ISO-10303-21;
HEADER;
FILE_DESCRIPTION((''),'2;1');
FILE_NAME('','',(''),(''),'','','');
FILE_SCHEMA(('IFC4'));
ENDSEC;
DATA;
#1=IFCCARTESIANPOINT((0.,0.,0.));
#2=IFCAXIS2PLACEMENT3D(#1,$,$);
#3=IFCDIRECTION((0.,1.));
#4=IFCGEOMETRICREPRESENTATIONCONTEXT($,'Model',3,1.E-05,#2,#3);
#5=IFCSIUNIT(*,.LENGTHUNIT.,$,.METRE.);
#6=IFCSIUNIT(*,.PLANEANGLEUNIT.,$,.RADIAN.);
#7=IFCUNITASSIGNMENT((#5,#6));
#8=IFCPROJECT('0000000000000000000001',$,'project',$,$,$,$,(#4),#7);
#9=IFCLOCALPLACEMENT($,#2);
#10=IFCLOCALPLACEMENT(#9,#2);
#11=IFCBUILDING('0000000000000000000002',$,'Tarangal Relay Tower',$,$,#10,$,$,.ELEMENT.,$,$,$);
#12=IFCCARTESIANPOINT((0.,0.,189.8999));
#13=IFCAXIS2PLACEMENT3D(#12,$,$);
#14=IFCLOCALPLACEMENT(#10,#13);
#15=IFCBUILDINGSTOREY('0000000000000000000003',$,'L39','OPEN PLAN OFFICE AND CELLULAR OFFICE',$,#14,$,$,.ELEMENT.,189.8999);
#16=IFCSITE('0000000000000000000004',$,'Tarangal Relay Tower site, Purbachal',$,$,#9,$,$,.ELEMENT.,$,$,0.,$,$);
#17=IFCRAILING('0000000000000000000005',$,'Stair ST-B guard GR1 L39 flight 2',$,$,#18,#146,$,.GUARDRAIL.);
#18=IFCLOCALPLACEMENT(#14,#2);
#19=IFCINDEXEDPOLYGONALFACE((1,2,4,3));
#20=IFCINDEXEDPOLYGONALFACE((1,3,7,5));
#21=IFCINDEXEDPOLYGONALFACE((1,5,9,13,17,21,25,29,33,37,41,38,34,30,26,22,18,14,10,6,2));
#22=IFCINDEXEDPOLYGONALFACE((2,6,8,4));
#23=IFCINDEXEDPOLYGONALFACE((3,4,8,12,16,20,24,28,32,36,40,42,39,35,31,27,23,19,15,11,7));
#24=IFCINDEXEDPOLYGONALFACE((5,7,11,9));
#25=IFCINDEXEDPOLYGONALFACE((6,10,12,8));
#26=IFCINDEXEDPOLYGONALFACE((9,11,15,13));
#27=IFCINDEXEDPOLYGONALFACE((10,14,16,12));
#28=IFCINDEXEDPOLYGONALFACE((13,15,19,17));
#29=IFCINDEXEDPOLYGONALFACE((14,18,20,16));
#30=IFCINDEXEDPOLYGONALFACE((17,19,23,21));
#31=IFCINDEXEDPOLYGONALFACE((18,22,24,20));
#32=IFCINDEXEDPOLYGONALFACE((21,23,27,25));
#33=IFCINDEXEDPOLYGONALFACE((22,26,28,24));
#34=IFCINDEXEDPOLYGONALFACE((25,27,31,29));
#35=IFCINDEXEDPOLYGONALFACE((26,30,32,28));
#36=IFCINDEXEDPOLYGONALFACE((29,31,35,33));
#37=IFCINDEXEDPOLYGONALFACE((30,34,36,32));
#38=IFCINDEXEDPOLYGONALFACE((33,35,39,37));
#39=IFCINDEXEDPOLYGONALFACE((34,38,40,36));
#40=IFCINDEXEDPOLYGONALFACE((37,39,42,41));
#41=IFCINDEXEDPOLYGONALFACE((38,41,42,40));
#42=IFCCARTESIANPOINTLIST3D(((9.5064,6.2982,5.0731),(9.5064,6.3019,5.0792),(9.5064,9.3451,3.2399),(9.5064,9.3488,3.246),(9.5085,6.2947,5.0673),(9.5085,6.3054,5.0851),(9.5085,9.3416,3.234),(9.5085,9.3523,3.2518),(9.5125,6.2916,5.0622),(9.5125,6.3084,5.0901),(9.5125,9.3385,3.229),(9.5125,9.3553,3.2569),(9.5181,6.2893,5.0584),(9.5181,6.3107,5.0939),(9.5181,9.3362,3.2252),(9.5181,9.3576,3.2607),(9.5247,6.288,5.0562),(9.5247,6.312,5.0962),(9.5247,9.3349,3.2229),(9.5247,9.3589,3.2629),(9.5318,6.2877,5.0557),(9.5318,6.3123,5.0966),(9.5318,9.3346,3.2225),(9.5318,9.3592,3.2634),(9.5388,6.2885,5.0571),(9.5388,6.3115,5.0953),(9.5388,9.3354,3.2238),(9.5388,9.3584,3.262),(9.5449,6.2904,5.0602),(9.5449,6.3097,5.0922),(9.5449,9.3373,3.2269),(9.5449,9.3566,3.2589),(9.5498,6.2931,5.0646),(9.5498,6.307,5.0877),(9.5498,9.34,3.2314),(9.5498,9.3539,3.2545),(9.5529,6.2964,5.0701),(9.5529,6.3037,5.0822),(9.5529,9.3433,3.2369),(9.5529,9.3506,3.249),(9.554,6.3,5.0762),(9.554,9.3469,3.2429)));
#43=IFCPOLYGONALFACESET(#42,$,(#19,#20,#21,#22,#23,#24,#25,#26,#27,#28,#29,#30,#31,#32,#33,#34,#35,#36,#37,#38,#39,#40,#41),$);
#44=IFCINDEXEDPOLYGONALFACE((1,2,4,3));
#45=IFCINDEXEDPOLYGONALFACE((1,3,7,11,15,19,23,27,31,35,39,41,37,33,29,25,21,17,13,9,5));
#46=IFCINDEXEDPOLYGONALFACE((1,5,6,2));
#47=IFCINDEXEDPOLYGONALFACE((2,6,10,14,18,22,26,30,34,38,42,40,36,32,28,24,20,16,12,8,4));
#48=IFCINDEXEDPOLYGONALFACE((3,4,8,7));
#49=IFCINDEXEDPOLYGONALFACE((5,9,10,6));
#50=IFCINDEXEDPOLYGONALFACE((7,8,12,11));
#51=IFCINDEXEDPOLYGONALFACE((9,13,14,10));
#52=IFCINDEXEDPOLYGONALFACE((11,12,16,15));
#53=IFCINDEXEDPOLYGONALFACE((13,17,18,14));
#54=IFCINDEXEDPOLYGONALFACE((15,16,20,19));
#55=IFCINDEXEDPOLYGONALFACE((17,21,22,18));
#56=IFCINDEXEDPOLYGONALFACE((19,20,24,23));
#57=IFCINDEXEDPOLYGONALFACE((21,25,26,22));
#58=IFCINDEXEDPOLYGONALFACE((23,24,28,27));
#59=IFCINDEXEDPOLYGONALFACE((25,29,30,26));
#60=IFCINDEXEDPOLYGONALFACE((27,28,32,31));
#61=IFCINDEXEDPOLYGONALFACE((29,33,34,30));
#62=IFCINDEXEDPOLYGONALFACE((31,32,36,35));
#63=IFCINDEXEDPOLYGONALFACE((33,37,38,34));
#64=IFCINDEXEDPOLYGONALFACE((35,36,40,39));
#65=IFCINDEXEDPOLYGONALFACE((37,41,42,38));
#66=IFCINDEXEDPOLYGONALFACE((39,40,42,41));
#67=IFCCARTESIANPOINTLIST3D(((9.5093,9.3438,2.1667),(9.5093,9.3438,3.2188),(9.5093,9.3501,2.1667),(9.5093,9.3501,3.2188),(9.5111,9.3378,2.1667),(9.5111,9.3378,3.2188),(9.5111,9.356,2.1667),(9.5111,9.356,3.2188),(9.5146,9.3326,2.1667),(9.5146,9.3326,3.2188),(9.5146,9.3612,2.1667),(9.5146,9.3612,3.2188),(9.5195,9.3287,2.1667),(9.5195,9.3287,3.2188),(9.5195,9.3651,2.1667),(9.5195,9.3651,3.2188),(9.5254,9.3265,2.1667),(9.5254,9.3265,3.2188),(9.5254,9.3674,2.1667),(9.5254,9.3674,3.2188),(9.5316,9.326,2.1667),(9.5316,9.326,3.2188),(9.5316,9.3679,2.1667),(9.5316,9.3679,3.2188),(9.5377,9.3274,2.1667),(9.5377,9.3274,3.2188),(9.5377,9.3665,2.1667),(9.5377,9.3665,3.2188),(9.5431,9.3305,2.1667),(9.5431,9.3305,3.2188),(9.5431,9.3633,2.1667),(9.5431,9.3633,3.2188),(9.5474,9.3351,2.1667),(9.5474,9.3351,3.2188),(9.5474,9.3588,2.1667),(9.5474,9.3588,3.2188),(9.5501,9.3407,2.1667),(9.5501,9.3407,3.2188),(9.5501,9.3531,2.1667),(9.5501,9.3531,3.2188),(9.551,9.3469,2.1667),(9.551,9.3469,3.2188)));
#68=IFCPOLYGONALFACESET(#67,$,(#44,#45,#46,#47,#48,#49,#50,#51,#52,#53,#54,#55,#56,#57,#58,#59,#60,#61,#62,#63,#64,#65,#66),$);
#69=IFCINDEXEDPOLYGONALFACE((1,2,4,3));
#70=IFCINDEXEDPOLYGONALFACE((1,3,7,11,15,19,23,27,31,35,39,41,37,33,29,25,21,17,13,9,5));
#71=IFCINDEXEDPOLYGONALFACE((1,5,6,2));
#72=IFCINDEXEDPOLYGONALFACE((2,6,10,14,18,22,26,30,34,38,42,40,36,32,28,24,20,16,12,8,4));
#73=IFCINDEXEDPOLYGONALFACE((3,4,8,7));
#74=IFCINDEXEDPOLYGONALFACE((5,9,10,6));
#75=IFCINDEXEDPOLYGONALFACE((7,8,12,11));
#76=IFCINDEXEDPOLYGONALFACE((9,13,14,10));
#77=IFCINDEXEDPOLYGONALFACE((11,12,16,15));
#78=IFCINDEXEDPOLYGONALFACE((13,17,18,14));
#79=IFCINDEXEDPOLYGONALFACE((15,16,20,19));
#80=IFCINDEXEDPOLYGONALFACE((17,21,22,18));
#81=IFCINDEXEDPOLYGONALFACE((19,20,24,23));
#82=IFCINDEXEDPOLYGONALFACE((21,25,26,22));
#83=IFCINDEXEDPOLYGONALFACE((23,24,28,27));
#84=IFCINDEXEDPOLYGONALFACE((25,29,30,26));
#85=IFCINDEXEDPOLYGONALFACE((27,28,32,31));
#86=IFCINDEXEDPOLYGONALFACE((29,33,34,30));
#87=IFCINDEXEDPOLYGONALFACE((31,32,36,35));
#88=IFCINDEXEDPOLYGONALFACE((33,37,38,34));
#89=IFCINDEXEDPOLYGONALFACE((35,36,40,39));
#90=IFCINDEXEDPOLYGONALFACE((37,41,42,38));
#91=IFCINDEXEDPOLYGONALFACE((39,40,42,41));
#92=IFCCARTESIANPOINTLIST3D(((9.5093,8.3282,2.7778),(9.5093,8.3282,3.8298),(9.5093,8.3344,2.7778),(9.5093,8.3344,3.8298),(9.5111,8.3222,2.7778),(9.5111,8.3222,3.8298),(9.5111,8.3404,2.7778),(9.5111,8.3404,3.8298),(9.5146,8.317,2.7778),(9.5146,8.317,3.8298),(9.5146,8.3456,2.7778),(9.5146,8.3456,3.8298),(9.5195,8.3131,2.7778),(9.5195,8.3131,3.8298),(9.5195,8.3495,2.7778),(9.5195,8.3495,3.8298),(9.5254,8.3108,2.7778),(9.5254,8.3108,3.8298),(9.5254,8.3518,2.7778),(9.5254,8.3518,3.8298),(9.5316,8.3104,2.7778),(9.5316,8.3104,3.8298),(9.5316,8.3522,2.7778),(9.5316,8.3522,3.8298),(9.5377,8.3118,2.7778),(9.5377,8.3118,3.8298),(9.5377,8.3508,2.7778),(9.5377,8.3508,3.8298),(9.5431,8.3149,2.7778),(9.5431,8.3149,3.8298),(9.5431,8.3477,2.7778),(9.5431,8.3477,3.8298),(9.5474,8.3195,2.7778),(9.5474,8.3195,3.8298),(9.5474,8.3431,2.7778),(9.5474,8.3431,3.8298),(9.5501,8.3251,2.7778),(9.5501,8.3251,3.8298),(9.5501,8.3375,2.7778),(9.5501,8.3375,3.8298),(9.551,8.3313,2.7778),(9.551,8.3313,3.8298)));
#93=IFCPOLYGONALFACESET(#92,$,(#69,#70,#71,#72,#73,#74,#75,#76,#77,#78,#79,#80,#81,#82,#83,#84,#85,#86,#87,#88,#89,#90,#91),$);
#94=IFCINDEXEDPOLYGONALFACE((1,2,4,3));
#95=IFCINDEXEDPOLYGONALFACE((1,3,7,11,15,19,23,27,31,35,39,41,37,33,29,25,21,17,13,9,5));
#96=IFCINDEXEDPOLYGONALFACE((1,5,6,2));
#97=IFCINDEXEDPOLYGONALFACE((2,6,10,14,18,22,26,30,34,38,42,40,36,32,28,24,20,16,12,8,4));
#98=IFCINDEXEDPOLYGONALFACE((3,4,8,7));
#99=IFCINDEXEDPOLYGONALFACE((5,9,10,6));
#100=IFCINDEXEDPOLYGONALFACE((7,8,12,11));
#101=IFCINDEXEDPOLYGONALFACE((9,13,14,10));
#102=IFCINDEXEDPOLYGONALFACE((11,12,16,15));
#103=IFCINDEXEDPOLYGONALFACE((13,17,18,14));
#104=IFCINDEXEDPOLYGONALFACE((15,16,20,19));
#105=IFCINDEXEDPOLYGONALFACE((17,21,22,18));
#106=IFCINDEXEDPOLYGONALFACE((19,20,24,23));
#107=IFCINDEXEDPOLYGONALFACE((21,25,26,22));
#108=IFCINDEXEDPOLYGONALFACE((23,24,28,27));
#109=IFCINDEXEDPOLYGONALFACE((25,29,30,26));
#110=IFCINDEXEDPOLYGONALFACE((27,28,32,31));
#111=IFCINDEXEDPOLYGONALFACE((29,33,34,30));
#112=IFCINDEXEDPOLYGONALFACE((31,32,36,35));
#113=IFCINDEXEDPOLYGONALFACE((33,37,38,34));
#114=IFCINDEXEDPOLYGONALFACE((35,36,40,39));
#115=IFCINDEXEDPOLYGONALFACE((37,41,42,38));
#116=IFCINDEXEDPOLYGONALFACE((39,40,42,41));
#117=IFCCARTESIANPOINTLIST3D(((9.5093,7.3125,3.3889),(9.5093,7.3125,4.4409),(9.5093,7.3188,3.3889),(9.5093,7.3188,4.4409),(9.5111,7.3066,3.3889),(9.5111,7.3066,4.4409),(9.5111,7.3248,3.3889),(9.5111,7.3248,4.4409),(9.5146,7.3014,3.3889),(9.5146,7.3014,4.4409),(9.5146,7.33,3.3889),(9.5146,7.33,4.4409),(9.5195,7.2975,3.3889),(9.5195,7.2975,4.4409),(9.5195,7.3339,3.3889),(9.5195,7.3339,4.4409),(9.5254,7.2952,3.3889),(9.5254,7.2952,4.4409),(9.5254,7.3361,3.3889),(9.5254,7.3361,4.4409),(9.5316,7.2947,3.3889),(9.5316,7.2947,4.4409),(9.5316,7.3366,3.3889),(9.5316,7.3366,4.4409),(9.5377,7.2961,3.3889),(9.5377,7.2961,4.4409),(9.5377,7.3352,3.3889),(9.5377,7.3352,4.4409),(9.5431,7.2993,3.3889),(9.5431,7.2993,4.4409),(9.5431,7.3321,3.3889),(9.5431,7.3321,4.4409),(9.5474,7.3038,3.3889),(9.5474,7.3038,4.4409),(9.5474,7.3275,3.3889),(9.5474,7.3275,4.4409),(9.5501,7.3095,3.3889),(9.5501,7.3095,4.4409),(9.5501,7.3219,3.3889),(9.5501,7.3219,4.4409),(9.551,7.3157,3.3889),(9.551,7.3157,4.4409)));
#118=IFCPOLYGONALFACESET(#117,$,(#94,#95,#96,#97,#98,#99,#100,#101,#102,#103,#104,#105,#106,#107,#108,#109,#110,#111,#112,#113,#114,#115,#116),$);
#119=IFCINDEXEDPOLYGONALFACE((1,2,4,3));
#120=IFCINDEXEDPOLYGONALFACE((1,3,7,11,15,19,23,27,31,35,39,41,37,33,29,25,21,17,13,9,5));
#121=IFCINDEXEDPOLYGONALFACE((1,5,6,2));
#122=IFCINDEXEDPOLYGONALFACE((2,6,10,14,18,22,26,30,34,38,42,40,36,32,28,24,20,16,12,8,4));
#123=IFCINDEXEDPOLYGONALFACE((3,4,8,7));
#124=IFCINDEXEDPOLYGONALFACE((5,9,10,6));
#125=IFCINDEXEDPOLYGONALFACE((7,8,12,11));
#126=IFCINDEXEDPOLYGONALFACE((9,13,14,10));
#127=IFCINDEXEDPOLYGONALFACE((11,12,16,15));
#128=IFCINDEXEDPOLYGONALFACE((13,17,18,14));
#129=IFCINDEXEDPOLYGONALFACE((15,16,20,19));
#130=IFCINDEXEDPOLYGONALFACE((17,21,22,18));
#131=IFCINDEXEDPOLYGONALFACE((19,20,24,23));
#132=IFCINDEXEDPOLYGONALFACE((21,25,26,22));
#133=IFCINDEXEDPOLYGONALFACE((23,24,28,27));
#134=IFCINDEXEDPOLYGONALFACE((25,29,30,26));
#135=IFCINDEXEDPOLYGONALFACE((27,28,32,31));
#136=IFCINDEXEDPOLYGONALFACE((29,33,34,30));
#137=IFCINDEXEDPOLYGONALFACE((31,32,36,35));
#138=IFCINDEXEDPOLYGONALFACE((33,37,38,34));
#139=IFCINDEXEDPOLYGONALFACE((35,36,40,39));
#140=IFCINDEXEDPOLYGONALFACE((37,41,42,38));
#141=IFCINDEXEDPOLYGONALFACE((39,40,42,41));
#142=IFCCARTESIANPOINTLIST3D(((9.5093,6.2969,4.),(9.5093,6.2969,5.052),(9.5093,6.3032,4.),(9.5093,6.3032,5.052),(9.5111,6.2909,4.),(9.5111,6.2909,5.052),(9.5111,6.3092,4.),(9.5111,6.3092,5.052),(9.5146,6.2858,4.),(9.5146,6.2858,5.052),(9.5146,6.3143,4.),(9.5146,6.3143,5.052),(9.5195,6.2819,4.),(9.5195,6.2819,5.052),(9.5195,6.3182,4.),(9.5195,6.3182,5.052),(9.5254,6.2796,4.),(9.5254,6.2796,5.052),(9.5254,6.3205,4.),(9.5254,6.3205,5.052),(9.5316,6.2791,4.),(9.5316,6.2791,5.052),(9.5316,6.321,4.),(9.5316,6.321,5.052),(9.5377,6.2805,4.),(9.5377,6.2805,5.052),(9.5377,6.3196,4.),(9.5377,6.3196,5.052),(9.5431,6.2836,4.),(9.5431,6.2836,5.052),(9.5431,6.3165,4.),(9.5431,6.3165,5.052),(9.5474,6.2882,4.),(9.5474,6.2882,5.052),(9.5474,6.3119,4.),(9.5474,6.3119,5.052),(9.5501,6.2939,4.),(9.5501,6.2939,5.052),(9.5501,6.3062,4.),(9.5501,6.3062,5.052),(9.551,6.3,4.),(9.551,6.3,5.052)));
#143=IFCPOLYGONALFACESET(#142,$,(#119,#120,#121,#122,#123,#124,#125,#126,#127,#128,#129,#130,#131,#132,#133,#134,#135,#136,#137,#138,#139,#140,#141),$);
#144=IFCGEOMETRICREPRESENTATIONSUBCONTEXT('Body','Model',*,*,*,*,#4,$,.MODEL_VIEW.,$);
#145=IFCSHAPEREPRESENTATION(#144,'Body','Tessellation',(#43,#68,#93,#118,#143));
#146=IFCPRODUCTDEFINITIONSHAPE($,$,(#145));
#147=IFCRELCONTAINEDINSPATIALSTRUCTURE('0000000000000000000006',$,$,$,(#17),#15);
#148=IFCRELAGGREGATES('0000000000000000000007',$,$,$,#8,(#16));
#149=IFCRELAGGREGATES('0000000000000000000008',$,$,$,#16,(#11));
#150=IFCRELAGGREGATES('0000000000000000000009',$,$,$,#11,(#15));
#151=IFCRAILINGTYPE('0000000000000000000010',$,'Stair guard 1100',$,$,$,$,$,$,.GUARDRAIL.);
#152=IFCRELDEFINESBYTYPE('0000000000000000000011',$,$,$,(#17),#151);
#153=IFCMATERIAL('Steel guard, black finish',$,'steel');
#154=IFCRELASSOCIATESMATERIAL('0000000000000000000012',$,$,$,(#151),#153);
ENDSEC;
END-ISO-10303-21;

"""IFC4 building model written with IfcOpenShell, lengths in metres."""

from ifc_helpers import new_model, si_unit, direction, frame, origin, origin_2d, place, context, subcontext, project, spatial, circle, extrude, material, type_object, element, save


model = new_model("IFC4")

# Units and contexts
model_context = context("Model", 3, precision=1e-05, world=origin(), true_north=direction((0.0, 1.0)))
body_context = subcontext(model_context, "Body", "Model", "MODEL_VIEW")
ifc_project = project(units=[si_unit("LENGTHUNIT", "METRE"), si_unit("PLANEANGLEUNIT", "RADIAN")], contexts=[model_context])

# Site, building, storey
site_placement = place(None, origin())
site = spatial("IfcSite", under=ifc_project, at=site_placement, Name="Tarangal Relay Tower site, Purbachal", CompositionType="ELEMENT", RefElevation=0.0)
building_placement = place(site_placement, origin())
building = spatial("IfcBuilding", under=site, at=building_placement, Name="Tarangal Relay Tower", CompositionType="ELEMENT")
storey_placement = place(building_placement, frame((0.0, 0.0, 189.8999)))
storey = spatial("IfcBuildingStorey", under=building, at=storey_placement, Name="L39", Description="OPEN PLAN OFFICE AND CELLULAR OFFICE", CompositionType="ELEMENT", Elevation=189.8999)

# Railing
ifc_material_1 = material(Name="Steel guard, black finish", Category="steel")
railing_type_1 = type_object("IfcRailingType", Name="Stair guard 1100", PredefinedType="GUARDRAIL", material=ifc_material_1)
railing_1_placement = place(storey_placement, frame((9.53, 9.3469, 2.1667)))
element("IfcRailing", 1, at=railing_1_placement, inside=storey, type_object=railing_type_1, Name="Stair ST-B guard GR1 L39 flight 2", PredefinedType="GUARDRAIL", context=body_context, shape_type="SweptSolid", body=[
    extrude(circle(Radius=0.0239, at=origin_2d()), frame((0.0, 0.0, 1.0762), z_axis=(0.0, -0.856856, 0.515556), x_axis=(1.0, 0.0, 0.0)), (0.0, 0.0, 1.0), 3.5559),
    extrude(circle(Radius=0.021, at=origin_2d()), origin(), (0.0, 0.0, 1.0), 1.052),
    extrude(circle(Radius=0.021, at=origin_2d()), frame((0.0, -1.0156, 0.6111)), (0.0, 0.0, 1.0), 1.052),
    extrude(circle(Radius=0.021, at=origin_2d()), frame((0.0, -2.0312, 1.2222)), (0.0, 0.0, 1.0), 1.052),
    extrude(circle(Radius=0.021, at=origin_2d()), frame((0.0, -3.0469, 1.8333)), (0.0, 0.0, 1.0), 1.052),
])

save(model, "model.ifc")
